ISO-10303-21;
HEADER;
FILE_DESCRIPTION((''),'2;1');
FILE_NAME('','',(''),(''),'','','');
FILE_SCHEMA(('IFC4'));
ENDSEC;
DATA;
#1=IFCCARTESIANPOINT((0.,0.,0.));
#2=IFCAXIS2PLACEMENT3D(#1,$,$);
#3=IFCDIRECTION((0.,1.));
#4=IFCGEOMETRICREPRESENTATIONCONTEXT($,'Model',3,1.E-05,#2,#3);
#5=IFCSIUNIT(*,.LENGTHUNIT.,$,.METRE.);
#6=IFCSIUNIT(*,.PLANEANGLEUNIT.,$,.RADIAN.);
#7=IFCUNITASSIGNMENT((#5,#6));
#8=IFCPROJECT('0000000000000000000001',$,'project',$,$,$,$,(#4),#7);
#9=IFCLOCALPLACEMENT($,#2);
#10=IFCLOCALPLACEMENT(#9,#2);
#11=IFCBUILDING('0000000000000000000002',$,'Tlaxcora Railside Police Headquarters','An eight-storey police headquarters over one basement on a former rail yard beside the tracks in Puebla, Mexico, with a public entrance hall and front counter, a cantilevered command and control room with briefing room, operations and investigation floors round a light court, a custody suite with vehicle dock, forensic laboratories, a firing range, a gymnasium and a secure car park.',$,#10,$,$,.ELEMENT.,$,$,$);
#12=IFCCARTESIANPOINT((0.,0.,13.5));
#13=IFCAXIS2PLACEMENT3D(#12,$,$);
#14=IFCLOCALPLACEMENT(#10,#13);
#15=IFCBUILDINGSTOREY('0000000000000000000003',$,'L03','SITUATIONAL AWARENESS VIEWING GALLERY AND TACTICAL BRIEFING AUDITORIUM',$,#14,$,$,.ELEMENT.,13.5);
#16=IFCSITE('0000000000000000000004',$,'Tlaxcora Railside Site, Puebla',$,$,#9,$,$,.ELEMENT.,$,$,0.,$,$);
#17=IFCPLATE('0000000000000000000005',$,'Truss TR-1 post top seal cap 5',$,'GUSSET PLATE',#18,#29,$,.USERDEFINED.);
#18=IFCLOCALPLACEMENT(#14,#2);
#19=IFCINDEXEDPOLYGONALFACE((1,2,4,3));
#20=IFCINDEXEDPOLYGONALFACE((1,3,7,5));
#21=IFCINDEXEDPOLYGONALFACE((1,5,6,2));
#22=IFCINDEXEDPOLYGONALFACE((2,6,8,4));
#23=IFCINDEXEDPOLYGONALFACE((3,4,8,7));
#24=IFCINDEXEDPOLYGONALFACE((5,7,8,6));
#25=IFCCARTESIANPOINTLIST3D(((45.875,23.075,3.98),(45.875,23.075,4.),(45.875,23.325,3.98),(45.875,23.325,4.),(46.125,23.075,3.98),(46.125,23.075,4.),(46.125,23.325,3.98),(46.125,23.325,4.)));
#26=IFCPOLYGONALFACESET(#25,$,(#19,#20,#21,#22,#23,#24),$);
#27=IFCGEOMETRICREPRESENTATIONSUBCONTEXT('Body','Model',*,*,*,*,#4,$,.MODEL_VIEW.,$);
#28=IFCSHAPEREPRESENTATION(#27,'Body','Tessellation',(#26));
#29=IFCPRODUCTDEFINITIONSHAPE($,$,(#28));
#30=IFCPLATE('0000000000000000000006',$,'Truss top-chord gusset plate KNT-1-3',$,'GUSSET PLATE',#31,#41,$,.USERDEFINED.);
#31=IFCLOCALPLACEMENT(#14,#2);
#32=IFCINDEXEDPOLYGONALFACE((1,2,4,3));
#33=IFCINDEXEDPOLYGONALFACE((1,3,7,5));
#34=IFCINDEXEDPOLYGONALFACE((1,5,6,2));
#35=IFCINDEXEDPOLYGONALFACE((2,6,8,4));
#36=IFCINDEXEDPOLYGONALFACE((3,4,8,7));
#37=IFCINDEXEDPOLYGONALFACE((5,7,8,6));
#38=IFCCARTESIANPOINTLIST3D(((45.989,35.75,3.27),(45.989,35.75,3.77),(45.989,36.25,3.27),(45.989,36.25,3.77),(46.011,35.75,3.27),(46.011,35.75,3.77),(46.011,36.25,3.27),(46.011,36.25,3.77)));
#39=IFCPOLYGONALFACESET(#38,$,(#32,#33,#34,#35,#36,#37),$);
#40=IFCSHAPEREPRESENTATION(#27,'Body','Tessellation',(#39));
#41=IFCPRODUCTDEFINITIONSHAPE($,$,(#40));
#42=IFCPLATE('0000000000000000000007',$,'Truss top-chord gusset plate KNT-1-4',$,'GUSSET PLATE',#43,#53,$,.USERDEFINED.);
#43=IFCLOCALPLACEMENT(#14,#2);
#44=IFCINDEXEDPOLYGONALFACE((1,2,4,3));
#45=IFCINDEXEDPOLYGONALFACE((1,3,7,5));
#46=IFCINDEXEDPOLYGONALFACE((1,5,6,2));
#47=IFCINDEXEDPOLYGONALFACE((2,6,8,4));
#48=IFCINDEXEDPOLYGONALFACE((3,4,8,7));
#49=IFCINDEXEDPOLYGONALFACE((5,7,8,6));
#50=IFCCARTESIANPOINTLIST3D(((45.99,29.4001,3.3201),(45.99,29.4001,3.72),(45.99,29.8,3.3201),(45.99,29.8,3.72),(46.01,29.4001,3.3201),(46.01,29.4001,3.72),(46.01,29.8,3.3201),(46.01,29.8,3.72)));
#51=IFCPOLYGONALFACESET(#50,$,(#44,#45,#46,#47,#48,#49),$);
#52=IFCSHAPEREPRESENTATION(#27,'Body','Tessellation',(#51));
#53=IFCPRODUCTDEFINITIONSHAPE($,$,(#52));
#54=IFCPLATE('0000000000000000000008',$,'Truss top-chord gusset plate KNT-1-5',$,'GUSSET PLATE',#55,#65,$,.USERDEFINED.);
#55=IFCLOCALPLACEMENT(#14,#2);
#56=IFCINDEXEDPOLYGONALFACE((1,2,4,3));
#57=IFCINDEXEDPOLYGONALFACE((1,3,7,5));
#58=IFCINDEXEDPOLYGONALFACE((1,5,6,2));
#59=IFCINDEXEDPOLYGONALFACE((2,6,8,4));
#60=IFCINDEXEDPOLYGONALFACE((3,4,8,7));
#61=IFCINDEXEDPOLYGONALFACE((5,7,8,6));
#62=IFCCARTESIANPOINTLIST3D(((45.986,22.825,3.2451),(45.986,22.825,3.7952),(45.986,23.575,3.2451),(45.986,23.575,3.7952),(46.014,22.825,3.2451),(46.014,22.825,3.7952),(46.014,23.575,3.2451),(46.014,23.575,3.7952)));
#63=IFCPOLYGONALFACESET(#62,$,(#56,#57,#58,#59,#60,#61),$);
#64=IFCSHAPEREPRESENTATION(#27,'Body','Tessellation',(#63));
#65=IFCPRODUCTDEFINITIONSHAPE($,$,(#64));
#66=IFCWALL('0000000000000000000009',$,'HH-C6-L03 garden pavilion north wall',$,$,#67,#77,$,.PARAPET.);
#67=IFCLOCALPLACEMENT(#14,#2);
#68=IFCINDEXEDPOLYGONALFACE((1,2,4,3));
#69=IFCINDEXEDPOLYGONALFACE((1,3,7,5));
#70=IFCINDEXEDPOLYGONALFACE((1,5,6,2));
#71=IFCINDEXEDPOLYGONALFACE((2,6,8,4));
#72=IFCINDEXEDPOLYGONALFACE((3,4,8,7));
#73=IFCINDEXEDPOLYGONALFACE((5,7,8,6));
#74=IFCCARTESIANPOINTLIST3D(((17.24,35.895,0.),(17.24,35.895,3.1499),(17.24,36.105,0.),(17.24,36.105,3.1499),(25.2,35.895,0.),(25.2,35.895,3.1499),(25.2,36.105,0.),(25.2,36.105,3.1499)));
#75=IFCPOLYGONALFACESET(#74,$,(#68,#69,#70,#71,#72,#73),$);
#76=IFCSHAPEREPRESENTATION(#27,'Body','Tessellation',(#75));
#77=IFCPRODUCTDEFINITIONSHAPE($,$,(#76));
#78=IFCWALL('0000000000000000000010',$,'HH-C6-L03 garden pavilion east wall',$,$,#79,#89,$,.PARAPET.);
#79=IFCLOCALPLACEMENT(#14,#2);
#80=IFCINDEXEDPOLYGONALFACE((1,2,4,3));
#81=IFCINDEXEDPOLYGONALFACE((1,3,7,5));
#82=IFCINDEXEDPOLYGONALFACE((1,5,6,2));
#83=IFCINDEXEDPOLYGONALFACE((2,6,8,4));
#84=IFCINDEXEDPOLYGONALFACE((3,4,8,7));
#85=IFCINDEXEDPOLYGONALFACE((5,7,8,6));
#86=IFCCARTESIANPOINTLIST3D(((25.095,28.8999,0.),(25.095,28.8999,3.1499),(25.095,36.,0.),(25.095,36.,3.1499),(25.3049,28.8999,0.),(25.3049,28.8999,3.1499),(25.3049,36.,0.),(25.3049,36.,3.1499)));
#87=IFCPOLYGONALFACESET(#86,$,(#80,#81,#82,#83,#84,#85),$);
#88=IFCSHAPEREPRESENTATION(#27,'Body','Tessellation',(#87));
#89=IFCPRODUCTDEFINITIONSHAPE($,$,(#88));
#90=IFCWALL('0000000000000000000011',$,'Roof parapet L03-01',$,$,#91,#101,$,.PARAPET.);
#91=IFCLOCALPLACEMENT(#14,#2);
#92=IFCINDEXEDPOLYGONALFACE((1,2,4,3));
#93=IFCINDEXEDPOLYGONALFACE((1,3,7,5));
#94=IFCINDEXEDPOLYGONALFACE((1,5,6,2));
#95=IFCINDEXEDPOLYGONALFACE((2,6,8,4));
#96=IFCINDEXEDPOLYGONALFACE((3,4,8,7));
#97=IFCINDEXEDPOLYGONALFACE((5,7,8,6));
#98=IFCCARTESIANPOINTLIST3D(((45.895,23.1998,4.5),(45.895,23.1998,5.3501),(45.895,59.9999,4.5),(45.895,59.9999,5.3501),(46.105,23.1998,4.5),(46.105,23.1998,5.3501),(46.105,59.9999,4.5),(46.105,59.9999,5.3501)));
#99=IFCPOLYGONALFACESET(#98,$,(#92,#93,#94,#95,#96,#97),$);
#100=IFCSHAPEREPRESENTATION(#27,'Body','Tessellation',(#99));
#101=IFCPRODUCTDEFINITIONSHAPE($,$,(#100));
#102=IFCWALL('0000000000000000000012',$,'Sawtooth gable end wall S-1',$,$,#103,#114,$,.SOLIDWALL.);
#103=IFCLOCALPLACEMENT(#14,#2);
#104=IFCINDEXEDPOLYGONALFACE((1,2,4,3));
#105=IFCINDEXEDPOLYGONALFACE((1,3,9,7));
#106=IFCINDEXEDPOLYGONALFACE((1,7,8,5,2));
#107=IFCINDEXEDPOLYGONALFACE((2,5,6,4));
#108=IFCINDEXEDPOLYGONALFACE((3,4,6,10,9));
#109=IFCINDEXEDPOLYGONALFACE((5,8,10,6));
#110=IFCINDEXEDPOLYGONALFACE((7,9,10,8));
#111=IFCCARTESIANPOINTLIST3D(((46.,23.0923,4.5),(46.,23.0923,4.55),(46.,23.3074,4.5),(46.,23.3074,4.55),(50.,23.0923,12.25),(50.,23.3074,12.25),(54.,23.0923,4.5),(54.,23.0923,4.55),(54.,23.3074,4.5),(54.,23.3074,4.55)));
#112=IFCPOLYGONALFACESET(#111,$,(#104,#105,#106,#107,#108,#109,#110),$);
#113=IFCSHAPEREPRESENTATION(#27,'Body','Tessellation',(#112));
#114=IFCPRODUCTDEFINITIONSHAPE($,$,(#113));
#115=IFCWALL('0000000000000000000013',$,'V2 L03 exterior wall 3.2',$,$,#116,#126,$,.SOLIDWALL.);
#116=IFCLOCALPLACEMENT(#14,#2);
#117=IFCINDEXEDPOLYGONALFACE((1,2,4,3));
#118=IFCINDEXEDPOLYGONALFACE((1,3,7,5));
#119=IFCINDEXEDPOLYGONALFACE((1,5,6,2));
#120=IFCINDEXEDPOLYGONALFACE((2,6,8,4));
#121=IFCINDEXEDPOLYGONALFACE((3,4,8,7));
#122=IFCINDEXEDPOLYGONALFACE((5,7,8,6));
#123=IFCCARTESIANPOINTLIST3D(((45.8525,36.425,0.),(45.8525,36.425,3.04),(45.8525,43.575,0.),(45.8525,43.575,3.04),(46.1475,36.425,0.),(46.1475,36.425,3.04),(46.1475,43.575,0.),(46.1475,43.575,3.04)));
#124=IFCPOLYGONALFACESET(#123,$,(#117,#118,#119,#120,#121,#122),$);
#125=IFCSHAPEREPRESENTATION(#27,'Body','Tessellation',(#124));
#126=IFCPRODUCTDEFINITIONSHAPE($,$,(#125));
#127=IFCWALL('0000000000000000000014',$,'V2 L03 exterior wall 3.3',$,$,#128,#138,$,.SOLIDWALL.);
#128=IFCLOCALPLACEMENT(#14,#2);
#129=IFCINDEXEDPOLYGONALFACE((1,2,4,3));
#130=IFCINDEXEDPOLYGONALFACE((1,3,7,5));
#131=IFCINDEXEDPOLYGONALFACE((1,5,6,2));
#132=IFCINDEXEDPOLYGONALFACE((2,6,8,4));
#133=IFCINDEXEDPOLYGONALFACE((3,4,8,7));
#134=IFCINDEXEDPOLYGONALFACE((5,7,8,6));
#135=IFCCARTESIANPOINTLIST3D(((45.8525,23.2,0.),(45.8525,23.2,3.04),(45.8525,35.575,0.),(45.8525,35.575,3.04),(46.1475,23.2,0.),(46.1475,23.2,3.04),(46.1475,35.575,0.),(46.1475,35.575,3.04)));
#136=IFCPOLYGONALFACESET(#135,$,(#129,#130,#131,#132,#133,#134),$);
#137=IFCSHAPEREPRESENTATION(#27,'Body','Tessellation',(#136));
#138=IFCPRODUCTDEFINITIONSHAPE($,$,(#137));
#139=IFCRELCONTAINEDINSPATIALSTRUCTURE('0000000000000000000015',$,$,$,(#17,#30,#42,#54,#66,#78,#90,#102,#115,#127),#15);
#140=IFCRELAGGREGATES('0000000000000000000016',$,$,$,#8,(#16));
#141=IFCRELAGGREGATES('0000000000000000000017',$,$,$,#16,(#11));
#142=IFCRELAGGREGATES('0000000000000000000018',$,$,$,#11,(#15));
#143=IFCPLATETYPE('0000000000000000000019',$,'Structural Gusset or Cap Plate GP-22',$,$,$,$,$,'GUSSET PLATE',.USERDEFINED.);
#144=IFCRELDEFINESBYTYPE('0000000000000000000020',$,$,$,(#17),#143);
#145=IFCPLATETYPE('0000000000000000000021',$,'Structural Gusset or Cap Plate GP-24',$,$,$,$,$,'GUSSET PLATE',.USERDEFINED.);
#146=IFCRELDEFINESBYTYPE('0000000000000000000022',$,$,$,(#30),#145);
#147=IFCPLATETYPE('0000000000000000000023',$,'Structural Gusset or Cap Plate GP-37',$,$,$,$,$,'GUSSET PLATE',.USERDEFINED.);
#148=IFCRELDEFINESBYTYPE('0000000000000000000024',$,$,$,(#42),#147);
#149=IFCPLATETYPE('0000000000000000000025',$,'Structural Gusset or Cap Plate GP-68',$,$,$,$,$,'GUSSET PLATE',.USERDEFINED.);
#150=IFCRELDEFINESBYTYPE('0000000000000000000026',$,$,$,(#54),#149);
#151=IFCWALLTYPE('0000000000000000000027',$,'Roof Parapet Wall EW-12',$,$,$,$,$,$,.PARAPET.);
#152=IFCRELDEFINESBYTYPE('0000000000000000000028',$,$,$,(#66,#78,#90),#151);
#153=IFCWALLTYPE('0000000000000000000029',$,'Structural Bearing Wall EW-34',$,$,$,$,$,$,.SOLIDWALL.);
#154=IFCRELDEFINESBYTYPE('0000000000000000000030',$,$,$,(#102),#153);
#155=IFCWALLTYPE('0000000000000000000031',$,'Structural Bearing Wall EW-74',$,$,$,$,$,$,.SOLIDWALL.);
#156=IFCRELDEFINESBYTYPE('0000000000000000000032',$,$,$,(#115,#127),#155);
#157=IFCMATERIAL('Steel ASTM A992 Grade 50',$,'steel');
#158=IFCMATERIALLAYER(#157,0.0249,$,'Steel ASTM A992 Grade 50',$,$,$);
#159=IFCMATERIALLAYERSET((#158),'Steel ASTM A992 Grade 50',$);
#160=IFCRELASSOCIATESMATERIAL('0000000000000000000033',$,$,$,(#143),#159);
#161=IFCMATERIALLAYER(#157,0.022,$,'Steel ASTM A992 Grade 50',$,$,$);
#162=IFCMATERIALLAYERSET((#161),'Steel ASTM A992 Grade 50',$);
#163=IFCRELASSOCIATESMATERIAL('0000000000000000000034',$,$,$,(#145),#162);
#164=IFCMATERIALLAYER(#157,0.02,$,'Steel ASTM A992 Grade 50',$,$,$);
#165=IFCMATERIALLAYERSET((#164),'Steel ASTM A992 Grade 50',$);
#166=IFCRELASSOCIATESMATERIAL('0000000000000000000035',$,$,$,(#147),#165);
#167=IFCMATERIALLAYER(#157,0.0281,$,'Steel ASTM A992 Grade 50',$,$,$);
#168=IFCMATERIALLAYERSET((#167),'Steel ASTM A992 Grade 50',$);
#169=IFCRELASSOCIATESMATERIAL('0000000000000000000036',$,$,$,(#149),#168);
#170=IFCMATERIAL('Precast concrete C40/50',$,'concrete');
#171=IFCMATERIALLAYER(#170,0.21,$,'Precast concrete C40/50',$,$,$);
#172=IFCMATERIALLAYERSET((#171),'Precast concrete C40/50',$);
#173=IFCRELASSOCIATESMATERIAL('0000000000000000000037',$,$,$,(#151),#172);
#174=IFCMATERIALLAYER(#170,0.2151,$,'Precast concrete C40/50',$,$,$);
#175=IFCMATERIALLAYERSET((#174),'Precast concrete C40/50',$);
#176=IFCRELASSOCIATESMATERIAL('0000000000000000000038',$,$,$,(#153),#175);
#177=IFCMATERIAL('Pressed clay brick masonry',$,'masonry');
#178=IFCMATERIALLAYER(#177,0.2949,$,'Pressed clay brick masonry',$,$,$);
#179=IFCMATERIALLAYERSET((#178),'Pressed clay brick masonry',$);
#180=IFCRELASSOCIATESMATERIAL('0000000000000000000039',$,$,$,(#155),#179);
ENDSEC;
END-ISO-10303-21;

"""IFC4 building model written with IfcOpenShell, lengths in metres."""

from ifc_helpers import new_model, si_unit, direction, frame, frame_2d, origin, origin_2d, place, context, subcontext, project, spatial, polyline, rectangle, outline, extrude, material, layer, layer_set, type_object, element, save


model = new_model("IFC4")

# Units and contexts
model_context = context("Model", 3, precision=1e-05, world=origin(), true_north=direction((0.0, 1.0)))
body_context = subcontext(model_context, "Body", "Model", "MODEL_VIEW")
ifc_project = project(units=[si_unit("LENGTHUNIT", "METRE"), si_unit("PLANEANGLEUNIT", "RADIAN")], contexts=[model_context])

# Site, building, storey
site_placement = place(None, origin())
site = spatial("IfcSite", under=ifc_project, at=site_placement, Name="Tlaxcora Railside Site, Puebla", CompositionType="ELEMENT", RefElevation=0.0)
building_placement = place(site_placement, origin())
building = spatial("IfcBuilding", under=site, at=building_placement, Name="Tlaxcora Railside Police Headquarters", Description="An eight-storey police headquarters over one basement on a former rail yard beside the tracks in Puebla, Mexico, with a public entrance hall and front counter, a cantilevered command and control room with briefing room, operations and investigation floors round a light court, a custody suite with vehicle dock, forensic laboratories, a firing range, a gymnasium and a secure car park.", CompositionType="ELEMENT")
storey_placement = place(building_placement, frame((0.0, 0.0, 13.5)))
storey = spatial("IfcBuildingStorey", under=building, at=storey_placement, Name="L03", Description="SITUATIONAL AWARENESS VIEWING GALLERY AND TACTICAL BRIEFING AUDITORIUM", CompositionType="ELEMENT", Elevation=13.5)

# Shared definitions
ifc_material_1 = material(Name="Steel ASTM A992 Grade 50", Category="steel")

# Plates
ifc_layer_1 = layer(ifc_material_1, 0.0249, Name="Steel ASTM A992 Grade 50")
ifc_layer_set_1 = layer_set([ifc_layer_1], Name="Steel ASTM A992 Grade 50")
plate_type_1 = type_object("IfcPlateType", Name="Structural Gusset or Cap Plate GP-22", ElementType="GUSSET PLATE", PredefinedType="USERDEFINED", material=ifc_layer_set_1)
plate_1_placement = place(storey_placement, frame((46.0, 23.2, 3.98), z_axis=(0.0, 0.0, 1.0), x_axis=(1.0, 0.0, 0.0)))
element("IfcPlate", 1, at=plate_1_placement, inside=storey, type_object=plate_type_1, Name="Truss TR-1 post top seal cap 5", ObjectType="GUSSET PLATE", PredefinedType="USERDEFINED", context=body_context, shape_type="SweptSolid", body=[
    extrude(rectangle(XDim=0.25, YDim=0.25, at=origin_2d()), origin(), (0.0, 0.0, 1.0), 0.02),
])
ifc_layer_2 = layer(ifc_material_1, 0.022, Name="Steel ASTM A992 Grade 50")
ifc_layer_set_2 = layer_set([ifc_layer_2], Name="Steel ASTM A992 Grade 50")
plate_type_2 = type_object("IfcPlateType", Name="Structural Gusset or Cap Plate GP-24", ElementType="GUSSET PLATE", PredefinedType="USERDEFINED", material=ifc_layer_set_2)
plate_2_placement = place(storey_placement, frame((46.0, 36.0, 3.27), z_axis=(0.0, 0.0, 1.0), x_axis=(0.0, 1.0, 0.0)))
element("IfcPlate", 2, at=plate_2_placement, inside=storey, type_object=plate_type_2, Name="Truss top-chord gusset plate KNT-1-3", ObjectType="GUSSET PLATE", PredefinedType="USERDEFINED", context=body_context, shape_type="SweptSolid", body=[
    extrude(rectangle(XDim=0.5, YDim=0.022, at=origin_2d()), origin(), (0.0, 0.0, 1.0), 0.5),
])
ifc_layer_3 = layer(ifc_material_1, 0.02, Name="Steel ASTM A992 Grade 50")
ifc_layer_set_3 = layer_set([ifc_layer_3], Name="Steel ASTM A992 Grade 50")
plate_type_3 = type_object("IfcPlateType", Name="Structural Gusset or Cap Plate GP-37", ElementType="GUSSET PLATE", PredefinedType="USERDEFINED", material=ifc_layer_set_3)
plate_3_placement = place(storey_placement, frame((46.0, 29.6001, 3.3201), z_axis=(0.0, 0.0, 1.0), x_axis=(0.0, 1.0, 0.0)))
element("IfcPlate", 3, at=plate_3_placement, inside=storey, type_object=plate_type_3, Name="Truss top-chord gusset plate KNT-1-4", ObjectType="GUSSET PLATE", PredefinedType="USERDEFINED", context=body_context, shape_type="SweptSolid", body=[
    extrude(rectangle(XDim=0.3999, YDim=0.02, at=origin_2d()), origin(), (0.0, 0.0, 1.0), 0.3999),
])
ifc_layer_4 = layer(ifc_material_1, 0.0281, Name="Steel ASTM A992 Grade 50")
ifc_layer_set_4 = layer_set([ifc_layer_4], Name="Steel ASTM A992 Grade 50")
plate_type_4 = type_object("IfcPlateType", Name="Structural Gusset or Cap Plate GP-68", ElementType="GUSSET PLATE", PredefinedType="USERDEFINED", material=ifc_layer_set_4)
plate_4_placement = place(storey_placement, frame((46.0, 23.2, 3.2451), z_axis=(0.0, 0.0, 1.0), x_axis=(0.0, 1.0, 0.0)))
element("IfcPlate", 4, at=plate_4_placement, inside=storey, type_object=plate_type_4, Name="Truss top-chord gusset plate KNT-1-5", ObjectType="GUSSET PLATE", PredefinedType="USERDEFINED", context=body_context, shape_type="SweptSolid", body=[
    extrude(rectangle(XDim=0.75, YDim=0.0281, at=origin_2d()), origin(), (0.0, 0.0, 1.0), 0.55),
])

# Walls
ifc_material_2 = material(Name="Precast concrete C40/50", Category="concrete")
ifc_layer_5 = layer(ifc_material_2, 0.21, Name="Precast concrete C40/50")
ifc_layer_set_5 = layer_set([ifc_layer_5], Name="Precast concrete C40/50")
wall_type_1 = type_object("IfcWallType", Name="Roof Parapet Wall EW-12", PredefinedType="PARAPET", material=ifc_layer_set_5)
wall_1_placement = place(storey_placement, frame((25.2, 36.0, 0.0), z_axis=(0.0, 0.0, 1.0), x_axis=(-1.0, 0.0, 0.0)))
element("IfcWall", 5, at=wall_1_placement, inside=storey, type_object=wall_type_1, Name="HH-C6-L03 garden pavilion north wall", PredefinedType="PARAPET", context=body_context, shape_type="SweptSolid", body=[
    extrude(rectangle(XDim=7.96, YDim=0.21, at=frame_2d((3.98, 0.0))), origin(), (0.0, 0.0, 1.0), 3.1499),
])
wall_2_placement = place(storey_placement, frame((25.2, 28.8999, 0.0), z_axis=(0.0, 0.0, 1.0), x_axis=(0.0, 1.0, 0.0)))
element("IfcWall", 6, at=wall_2_placement, inside=storey, type_object=wall_type_1, Name="HH-C6-L03 garden pavilion east wall", PredefinedType="PARAPET", context=body_context, shape_type="SweptSolid", body=[
    extrude(rectangle(XDim=7.1001, YDim=0.21, at=frame_2d((3.55, 0.0))), origin(), (0.0, 0.0, 1.0), 3.1499),
])
wall_3_placement = place(storey_placement, frame((46.0, 23.2, 4.5), z_axis=(0.0, 0.0, 1.0), x_axis=(0.0, 1.0, 0.0)))
element("IfcWall", 7, at=wall_3_placement, inside=storey, type_object=wall_type_1, Name="Roof parapet L03-01", PredefinedType="PARAPET", context=body_context, shape_type="SweptSolid", body=[
    extrude(rectangle(XDim=36.8, YDim=0.21, at=frame_2d((18.3999, 0.0))), origin(), (0.0, 0.0, 1.0), 0.8501),
])
ifc_layer_6 = layer(ifc_material_2, 0.2151, Name="Precast concrete C40/50")
ifc_layer_set_6 = layer_set([ifc_layer_6], Name="Precast concrete C40/50")
wall_type_2 = type_object("IfcWallType", Name="Structural Bearing Wall EW-34", PredefinedType="SOLIDWALL", material=ifc_layer_set_6)
wall_4_placement = place(storey_placement, frame((46.0, 23.2, 4.5), z_axis=(0.0, 0.0, 1.0), x_axis=(1.0, 0.0, 0.0)))
element("IfcWall", 8, at=wall_4_placement, inside=storey, type_object=wall_type_2, Name="Sawtooth gable end wall S-1", PredefinedType="SOLIDWALL", context=body_context, shape_type="SweptSolid", body=[
    extrude(outline(polyline([(0.0, 0.0), (8.0, 0.0), (8.0, 0.05), (4.0, 7.75), (0.0, 0.05), (0.0, 0.0)])), frame((0.0, 0.1074, 0.0), z_axis=(0.0, -1.0, 0.0), x_axis=(1.0, 0.0, 0.0)), (0.0, 0.0, 1.0), 0.2151),
])
ifc_material_3 = material(Name="Pressed clay brick masonry", Category="masonry")
ifc_layer_7 = layer(ifc_material_3, 0.2949, Name="Pressed clay brick masonry")
ifc_layer_set_7 = layer_set([ifc_layer_7], Name="Pressed clay brick masonry")
wall_type_3 = type_object("IfcWallType", Name="Structural Bearing Wall EW-74", PredefinedType="SOLIDWALL", material=ifc_layer_set_7)
wall_5_placement = place(storey_placement, frame((46.0, 43.575, 0.0), z_axis=(0.0, 0.0, 1.0), x_axis=(0.0, -1.0, 0.0)))
element("IfcWall", 9, at=wall_5_placement, inside=storey, type_object=wall_type_3, Name="V2 L03 exterior wall 3.2", PredefinedType="SOLIDWALL", context=body_context, shape_type="SweptSolid", body=[
    extrude(rectangle(XDim=7.1499, YDim=0.2949, at=frame_2d((3.575, 0.0))), origin(), (0.0, 0.0, 1.0), 3.04),
])
wall_6_placement = place(storey_placement, frame((46.0, 35.575, 0.0), z_axis=(0.0, 0.0, 1.0), x_axis=(0.0, -1.0, 0.0)))
element("IfcWall", 10, at=wall_6_placement, inside=storey, type_object=wall_type_3, Name="V2 L03 exterior wall 3.3", PredefinedType="SOLIDWALL", context=body_context, shape_type="SweptSolid", body=[
    extrude(rectangle(XDim=12.375, YDim=0.2949, at=frame_2d((6.1875, 0.0))), origin(), (0.0, 0.0, 1.0), 3.04),
])

save(model, "model.ifc")
